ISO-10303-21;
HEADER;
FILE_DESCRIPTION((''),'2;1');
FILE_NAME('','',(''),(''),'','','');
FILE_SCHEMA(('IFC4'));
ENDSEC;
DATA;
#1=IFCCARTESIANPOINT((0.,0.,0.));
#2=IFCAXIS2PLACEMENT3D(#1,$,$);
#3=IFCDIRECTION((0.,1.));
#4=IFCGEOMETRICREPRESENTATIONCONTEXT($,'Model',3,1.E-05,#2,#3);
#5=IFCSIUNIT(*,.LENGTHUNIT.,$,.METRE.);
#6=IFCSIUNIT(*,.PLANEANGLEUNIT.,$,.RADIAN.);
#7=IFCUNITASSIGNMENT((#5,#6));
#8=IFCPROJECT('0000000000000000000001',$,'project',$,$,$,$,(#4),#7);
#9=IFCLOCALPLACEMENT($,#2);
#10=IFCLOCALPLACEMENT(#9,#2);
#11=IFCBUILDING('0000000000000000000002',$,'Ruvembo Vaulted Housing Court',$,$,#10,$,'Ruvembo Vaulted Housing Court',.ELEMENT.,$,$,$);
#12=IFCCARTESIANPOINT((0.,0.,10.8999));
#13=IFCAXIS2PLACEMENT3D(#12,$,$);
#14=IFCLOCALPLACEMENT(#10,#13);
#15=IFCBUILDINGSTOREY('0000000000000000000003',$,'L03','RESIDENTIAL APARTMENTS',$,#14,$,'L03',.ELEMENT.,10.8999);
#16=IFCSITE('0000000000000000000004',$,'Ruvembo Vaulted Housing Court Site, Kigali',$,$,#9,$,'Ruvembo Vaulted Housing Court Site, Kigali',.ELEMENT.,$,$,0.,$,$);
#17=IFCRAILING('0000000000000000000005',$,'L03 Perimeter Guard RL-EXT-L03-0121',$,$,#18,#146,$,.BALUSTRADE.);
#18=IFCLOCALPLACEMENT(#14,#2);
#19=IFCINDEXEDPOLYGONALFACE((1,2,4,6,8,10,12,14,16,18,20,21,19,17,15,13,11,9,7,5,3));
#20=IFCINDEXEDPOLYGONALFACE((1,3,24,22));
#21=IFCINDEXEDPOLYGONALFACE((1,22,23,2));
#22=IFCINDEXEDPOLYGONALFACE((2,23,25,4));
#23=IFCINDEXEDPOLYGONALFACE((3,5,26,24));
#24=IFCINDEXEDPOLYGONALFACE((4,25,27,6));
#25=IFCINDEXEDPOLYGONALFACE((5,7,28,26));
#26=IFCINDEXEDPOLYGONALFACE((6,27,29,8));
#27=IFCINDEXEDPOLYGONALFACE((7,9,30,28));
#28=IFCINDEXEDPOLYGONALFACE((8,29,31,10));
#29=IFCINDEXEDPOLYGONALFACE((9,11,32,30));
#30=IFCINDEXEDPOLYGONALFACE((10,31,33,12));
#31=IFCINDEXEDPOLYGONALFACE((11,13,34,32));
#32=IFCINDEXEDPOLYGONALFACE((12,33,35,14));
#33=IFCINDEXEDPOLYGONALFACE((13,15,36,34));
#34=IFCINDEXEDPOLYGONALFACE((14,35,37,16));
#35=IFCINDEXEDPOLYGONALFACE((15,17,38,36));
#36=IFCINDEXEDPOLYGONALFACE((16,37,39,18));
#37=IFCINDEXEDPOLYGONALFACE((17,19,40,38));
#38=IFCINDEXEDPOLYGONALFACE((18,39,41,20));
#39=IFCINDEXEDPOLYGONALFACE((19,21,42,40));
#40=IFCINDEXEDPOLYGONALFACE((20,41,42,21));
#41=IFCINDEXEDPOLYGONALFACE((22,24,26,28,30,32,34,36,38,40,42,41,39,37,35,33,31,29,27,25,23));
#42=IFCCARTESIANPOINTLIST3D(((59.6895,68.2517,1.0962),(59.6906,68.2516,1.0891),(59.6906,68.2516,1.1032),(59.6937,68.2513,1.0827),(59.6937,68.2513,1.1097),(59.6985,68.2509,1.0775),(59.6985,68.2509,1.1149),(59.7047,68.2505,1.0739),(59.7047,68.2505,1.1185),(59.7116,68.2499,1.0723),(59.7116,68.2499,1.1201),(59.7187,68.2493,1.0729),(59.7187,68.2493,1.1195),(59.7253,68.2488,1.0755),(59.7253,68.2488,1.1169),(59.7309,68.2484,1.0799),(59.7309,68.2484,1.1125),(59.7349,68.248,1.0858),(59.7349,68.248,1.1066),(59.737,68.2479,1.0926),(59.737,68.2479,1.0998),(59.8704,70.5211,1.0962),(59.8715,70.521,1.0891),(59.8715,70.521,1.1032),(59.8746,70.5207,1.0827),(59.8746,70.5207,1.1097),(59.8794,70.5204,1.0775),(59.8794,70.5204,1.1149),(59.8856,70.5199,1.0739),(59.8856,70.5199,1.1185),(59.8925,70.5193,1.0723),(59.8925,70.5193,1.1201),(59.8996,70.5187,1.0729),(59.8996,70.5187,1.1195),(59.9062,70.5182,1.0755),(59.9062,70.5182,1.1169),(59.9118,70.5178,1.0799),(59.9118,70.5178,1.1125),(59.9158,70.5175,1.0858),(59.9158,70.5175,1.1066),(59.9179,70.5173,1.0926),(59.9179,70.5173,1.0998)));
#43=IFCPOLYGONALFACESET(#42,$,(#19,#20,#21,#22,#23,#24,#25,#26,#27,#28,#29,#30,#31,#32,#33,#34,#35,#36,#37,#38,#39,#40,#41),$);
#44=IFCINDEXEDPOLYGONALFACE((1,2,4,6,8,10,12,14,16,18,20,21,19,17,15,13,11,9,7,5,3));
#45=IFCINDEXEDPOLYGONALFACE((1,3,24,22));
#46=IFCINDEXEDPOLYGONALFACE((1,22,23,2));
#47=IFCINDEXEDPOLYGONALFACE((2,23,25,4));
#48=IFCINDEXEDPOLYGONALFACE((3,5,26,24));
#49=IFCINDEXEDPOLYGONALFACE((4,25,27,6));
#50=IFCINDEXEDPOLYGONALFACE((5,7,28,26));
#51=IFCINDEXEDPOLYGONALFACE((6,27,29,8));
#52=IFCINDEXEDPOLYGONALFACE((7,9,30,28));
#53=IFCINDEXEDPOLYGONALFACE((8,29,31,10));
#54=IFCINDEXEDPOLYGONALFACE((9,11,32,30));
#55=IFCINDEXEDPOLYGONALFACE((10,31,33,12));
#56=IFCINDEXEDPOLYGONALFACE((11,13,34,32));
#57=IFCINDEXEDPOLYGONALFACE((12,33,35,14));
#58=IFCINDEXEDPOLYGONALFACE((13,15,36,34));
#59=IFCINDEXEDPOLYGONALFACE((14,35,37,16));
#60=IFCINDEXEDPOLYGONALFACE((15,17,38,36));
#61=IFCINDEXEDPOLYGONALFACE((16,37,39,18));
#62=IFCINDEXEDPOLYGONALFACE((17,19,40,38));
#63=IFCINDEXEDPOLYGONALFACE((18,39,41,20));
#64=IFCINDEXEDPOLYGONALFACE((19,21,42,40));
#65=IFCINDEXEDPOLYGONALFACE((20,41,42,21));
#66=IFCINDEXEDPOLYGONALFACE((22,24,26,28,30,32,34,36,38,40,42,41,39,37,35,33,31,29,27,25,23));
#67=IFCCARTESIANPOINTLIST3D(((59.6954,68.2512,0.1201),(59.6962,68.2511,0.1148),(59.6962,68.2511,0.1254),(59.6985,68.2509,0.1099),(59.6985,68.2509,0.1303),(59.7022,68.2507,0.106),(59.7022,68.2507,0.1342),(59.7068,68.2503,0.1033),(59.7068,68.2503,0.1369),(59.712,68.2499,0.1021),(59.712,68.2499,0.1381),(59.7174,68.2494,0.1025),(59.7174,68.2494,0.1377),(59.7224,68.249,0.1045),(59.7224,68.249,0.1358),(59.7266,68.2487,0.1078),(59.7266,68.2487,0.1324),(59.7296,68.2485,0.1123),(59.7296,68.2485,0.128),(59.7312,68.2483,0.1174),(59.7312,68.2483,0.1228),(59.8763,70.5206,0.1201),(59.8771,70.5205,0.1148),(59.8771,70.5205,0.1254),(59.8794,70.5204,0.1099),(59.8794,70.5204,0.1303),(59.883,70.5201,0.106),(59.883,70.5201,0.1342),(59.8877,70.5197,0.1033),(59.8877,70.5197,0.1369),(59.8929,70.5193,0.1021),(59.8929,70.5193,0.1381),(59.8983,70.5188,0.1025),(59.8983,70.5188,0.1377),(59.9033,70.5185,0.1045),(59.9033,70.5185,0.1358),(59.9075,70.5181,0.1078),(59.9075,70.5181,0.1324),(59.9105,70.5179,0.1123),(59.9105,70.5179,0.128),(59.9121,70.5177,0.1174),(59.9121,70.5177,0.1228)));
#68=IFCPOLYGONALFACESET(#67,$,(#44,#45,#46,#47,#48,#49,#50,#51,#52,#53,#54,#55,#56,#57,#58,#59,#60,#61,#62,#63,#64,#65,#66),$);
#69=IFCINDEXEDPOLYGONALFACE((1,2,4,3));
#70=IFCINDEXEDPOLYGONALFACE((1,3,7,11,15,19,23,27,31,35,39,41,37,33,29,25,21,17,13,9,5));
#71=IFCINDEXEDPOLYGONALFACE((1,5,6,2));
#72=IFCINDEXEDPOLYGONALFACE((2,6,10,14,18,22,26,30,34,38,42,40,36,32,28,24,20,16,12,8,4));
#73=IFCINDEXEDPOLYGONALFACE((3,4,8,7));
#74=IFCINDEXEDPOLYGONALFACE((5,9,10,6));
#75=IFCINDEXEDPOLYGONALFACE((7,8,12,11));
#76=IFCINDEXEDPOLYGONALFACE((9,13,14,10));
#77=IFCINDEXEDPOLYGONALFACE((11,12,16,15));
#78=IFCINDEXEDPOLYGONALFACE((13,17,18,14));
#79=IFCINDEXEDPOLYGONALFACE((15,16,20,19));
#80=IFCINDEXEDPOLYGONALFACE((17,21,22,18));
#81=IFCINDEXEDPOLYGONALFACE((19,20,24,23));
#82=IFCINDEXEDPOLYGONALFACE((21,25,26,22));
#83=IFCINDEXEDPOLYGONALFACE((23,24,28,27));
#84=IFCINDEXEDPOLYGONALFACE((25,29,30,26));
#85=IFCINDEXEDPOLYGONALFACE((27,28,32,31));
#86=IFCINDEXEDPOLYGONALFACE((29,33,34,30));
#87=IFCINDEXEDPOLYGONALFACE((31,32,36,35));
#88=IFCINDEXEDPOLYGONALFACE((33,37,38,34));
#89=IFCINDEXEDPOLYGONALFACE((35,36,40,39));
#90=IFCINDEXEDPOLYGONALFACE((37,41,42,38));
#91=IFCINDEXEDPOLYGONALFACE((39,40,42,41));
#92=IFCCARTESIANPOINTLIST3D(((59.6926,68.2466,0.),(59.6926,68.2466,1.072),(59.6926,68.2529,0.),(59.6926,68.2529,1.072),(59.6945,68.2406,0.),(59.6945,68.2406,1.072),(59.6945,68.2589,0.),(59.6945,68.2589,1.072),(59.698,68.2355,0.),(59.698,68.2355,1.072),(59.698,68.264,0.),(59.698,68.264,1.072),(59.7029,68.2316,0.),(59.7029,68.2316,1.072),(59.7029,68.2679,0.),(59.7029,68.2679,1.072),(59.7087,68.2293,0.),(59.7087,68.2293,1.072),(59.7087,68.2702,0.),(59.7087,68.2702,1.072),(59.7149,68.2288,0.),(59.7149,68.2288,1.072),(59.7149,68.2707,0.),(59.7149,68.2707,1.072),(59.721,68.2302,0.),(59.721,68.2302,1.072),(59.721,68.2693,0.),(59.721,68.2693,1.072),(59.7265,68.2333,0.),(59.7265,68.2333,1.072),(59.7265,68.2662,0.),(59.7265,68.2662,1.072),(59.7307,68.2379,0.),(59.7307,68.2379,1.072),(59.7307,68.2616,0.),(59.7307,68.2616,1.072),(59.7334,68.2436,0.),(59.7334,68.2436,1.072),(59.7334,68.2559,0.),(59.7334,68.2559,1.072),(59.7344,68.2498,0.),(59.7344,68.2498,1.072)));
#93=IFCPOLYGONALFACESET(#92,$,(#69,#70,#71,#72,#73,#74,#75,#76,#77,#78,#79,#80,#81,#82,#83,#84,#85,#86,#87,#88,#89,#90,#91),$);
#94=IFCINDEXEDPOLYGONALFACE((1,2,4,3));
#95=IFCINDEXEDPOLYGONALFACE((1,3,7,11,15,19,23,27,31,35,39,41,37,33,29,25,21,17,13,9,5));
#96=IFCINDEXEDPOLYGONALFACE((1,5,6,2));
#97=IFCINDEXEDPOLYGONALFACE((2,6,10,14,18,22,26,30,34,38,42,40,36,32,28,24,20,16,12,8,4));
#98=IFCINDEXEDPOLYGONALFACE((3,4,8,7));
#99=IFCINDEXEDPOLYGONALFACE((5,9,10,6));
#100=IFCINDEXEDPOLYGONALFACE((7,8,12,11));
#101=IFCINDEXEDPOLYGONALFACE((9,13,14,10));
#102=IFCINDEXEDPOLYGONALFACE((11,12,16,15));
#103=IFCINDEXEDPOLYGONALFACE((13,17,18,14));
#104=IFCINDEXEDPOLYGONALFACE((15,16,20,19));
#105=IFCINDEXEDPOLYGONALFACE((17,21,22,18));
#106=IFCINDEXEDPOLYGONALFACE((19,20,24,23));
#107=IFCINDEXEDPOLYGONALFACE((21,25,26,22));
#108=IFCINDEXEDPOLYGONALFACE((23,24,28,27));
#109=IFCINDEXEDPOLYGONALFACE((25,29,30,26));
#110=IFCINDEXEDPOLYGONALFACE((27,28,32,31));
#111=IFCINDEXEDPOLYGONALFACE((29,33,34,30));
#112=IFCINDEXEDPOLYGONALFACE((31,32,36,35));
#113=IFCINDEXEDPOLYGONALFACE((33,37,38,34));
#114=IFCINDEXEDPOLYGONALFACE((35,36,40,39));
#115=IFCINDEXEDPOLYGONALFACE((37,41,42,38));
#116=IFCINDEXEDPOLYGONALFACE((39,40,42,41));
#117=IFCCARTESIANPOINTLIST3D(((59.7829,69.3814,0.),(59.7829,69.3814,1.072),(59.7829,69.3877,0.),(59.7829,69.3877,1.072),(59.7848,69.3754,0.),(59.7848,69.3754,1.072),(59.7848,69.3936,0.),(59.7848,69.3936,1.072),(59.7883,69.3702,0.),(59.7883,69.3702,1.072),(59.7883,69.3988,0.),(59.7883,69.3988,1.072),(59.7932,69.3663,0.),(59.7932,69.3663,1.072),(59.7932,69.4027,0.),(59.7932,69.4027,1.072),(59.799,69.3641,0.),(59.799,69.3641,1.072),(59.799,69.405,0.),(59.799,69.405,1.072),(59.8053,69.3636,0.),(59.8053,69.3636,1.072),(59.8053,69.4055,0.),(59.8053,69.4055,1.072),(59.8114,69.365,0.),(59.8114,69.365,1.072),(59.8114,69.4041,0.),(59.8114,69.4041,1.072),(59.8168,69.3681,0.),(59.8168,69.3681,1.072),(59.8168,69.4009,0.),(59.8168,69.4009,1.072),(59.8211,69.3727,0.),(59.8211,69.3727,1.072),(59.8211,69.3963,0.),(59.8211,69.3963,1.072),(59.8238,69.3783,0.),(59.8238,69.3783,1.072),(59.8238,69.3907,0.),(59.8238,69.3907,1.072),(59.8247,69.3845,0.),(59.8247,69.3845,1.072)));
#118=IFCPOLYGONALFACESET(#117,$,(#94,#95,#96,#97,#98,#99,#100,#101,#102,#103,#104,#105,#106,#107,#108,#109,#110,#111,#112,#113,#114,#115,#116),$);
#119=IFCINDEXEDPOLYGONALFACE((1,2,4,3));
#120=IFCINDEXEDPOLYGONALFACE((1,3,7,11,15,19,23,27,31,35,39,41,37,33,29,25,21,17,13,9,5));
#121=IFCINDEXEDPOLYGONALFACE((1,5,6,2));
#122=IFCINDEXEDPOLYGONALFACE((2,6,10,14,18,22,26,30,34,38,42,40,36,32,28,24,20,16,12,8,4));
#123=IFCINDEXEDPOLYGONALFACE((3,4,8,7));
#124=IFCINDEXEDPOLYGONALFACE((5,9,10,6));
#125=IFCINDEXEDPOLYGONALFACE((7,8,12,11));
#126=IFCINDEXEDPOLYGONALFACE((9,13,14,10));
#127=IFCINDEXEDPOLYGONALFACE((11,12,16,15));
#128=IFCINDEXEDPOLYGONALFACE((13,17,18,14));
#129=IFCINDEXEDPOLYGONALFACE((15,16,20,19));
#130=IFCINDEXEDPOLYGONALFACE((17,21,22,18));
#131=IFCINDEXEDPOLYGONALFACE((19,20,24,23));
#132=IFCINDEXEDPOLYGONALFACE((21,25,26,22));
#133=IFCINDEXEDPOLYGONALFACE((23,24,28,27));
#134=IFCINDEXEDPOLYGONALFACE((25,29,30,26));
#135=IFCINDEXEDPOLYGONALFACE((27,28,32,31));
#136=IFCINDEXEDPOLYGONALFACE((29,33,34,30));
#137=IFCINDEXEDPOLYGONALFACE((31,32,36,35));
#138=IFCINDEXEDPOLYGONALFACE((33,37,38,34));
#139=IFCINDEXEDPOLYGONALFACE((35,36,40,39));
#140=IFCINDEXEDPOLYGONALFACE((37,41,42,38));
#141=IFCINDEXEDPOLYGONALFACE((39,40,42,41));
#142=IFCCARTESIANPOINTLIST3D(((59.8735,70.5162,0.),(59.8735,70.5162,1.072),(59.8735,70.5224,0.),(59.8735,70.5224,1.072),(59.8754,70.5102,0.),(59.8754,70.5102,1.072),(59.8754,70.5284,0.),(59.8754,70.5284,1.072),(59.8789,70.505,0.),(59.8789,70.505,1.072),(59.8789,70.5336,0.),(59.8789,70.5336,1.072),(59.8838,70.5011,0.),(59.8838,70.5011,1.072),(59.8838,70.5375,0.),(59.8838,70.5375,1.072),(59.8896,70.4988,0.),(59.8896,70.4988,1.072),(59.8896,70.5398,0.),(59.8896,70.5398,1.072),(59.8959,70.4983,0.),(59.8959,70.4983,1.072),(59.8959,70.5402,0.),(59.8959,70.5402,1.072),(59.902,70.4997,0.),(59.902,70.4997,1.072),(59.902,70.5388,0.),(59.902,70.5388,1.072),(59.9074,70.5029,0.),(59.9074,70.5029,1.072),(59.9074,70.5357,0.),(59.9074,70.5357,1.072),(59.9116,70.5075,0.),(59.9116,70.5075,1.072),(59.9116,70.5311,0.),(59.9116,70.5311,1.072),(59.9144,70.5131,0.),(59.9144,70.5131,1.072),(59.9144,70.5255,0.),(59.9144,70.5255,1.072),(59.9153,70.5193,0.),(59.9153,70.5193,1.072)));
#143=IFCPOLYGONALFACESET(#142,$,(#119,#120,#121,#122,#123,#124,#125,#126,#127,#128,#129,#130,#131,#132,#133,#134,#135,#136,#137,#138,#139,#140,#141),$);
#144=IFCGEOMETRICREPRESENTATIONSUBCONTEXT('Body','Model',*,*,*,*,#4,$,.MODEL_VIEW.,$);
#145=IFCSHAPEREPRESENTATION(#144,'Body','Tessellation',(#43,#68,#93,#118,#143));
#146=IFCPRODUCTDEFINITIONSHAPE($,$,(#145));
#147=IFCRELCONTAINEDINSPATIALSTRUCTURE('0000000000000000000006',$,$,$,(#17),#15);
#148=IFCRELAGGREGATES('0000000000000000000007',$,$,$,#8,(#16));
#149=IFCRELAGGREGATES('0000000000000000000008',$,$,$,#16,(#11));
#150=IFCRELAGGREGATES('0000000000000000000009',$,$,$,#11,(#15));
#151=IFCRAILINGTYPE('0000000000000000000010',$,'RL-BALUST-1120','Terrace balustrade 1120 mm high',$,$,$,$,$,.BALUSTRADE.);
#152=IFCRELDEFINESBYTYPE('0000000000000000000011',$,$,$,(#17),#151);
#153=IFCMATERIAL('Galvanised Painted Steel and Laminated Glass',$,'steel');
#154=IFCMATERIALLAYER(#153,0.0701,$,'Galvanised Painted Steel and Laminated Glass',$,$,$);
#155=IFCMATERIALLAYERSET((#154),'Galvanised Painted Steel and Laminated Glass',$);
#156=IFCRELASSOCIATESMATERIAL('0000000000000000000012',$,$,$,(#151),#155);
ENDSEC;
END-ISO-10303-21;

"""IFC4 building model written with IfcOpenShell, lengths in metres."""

from ifc_helpers import new_model, si_unit, direction, frame, origin, origin_2d, place, context, subcontext, project, spatial, circle, extrude, material, layer, layer_set, type_object, element, save


model = new_model("IFC4")

# Units and contexts
model_context = context("Model", 3, precision=1e-05, world=origin(), true_north=direction((0.0, 1.0)))
body_context = subcontext(model_context, "Body", "Model", "MODEL_VIEW")
ifc_project = project(units=[si_unit("LENGTHUNIT", "METRE"), si_unit("PLANEANGLEUNIT", "RADIAN")], contexts=[model_context])

# Site, building, storey
site_placement = place(None, origin())
site = spatial("IfcSite", under=ifc_project, at=site_placement, Name="Ruvembo Vaulted Housing Court Site, Kigali", LongName="Ruvembo Vaulted Housing Court Site, Kigali", CompositionType="ELEMENT", RefElevation=0.0)
building_placement = place(site_placement, origin())
building = spatial("IfcBuilding", under=site, at=building_placement, Name="Ruvembo Vaulted Housing Court", LongName="Ruvembo Vaulted Housing Court", CompositionType="ELEMENT")
storey_placement = place(building_placement, frame((0.0, 0.0, 10.8999)))
storey = spatial("IfcBuildingStorey", under=building, at=storey_placement, Name="L03", Description="RESIDENTIAL APARTMENTS", LongName="L03", CompositionType="ELEMENT", Elevation=10.8999)

# Railing
ifc_material_1 = material(Name="Galvanised Painted Steel and Laminated Glass", Category="steel")
ifc_layer_1 = layer(ifc_material_1, 0.0701, Name="Galvanised Painted Steel and Laminated Glass")
ifc_layer_set_1 = layer_set([ifc_layer_1], Name="Galvanised Painted Steel and Laminated Glass")
railing_type_1 = type_object("IfcRailingType", Name="RL-BALUST-1120", Description="Terrace balustrade 1120 mm high", PredefinedType="BALUSTRADE", material=ifc_layer_set_1)
railing_1_placement = place(storey_placement, frame((59.7134, 68.2498, 0.0)))
element("IfcRailing", 1, at=railing_1_placement, inside=storey, type_object=railing_type_1, Name="L03 Perimeter Guard RL-EXT-L03-0121", PredefinedType="BALUSTRADE", context=body_context, shape_type="SweptSolid", body=[
    extrude(circle(Radius=0.0239, at=origin_2d()), frame((0.0, 0.0, 1.0962), z_axis=(0.07946, 0.996838, 0.0), x_axis=(-0.996838, 0.07946, 0.0)), (0.0, 0.0, 1.0), 2.2766),
    extrude(circle(Radius=0.0181, at=origin_2d()), frame((0.0, 0.0, 0.1201), z_axis=(0.07946, 0.996838, 0.0), x_axis=(-0.996838, 0.07946, 0.0)), (0.0, 0.0, 1.0), 2.2766),
    extrude(circle(Radius=0.021, at=origin_2d()), origin(), (0.0, 0.0, 1.0), 1.072),
    extrude(circle(Radius=0.021, at=origin_2d()), frame((0.0903, 1.1348, 0.0)), (0.0, 0.0, 1.0), 1.072),
    extrude(circle(Radius=0.021, at=origin_2d()), frame((0.1809, 2.2695, 0.0)), (0.0, 0.0, 1.0), 1.072),
])

save(model, "model.ifc")
